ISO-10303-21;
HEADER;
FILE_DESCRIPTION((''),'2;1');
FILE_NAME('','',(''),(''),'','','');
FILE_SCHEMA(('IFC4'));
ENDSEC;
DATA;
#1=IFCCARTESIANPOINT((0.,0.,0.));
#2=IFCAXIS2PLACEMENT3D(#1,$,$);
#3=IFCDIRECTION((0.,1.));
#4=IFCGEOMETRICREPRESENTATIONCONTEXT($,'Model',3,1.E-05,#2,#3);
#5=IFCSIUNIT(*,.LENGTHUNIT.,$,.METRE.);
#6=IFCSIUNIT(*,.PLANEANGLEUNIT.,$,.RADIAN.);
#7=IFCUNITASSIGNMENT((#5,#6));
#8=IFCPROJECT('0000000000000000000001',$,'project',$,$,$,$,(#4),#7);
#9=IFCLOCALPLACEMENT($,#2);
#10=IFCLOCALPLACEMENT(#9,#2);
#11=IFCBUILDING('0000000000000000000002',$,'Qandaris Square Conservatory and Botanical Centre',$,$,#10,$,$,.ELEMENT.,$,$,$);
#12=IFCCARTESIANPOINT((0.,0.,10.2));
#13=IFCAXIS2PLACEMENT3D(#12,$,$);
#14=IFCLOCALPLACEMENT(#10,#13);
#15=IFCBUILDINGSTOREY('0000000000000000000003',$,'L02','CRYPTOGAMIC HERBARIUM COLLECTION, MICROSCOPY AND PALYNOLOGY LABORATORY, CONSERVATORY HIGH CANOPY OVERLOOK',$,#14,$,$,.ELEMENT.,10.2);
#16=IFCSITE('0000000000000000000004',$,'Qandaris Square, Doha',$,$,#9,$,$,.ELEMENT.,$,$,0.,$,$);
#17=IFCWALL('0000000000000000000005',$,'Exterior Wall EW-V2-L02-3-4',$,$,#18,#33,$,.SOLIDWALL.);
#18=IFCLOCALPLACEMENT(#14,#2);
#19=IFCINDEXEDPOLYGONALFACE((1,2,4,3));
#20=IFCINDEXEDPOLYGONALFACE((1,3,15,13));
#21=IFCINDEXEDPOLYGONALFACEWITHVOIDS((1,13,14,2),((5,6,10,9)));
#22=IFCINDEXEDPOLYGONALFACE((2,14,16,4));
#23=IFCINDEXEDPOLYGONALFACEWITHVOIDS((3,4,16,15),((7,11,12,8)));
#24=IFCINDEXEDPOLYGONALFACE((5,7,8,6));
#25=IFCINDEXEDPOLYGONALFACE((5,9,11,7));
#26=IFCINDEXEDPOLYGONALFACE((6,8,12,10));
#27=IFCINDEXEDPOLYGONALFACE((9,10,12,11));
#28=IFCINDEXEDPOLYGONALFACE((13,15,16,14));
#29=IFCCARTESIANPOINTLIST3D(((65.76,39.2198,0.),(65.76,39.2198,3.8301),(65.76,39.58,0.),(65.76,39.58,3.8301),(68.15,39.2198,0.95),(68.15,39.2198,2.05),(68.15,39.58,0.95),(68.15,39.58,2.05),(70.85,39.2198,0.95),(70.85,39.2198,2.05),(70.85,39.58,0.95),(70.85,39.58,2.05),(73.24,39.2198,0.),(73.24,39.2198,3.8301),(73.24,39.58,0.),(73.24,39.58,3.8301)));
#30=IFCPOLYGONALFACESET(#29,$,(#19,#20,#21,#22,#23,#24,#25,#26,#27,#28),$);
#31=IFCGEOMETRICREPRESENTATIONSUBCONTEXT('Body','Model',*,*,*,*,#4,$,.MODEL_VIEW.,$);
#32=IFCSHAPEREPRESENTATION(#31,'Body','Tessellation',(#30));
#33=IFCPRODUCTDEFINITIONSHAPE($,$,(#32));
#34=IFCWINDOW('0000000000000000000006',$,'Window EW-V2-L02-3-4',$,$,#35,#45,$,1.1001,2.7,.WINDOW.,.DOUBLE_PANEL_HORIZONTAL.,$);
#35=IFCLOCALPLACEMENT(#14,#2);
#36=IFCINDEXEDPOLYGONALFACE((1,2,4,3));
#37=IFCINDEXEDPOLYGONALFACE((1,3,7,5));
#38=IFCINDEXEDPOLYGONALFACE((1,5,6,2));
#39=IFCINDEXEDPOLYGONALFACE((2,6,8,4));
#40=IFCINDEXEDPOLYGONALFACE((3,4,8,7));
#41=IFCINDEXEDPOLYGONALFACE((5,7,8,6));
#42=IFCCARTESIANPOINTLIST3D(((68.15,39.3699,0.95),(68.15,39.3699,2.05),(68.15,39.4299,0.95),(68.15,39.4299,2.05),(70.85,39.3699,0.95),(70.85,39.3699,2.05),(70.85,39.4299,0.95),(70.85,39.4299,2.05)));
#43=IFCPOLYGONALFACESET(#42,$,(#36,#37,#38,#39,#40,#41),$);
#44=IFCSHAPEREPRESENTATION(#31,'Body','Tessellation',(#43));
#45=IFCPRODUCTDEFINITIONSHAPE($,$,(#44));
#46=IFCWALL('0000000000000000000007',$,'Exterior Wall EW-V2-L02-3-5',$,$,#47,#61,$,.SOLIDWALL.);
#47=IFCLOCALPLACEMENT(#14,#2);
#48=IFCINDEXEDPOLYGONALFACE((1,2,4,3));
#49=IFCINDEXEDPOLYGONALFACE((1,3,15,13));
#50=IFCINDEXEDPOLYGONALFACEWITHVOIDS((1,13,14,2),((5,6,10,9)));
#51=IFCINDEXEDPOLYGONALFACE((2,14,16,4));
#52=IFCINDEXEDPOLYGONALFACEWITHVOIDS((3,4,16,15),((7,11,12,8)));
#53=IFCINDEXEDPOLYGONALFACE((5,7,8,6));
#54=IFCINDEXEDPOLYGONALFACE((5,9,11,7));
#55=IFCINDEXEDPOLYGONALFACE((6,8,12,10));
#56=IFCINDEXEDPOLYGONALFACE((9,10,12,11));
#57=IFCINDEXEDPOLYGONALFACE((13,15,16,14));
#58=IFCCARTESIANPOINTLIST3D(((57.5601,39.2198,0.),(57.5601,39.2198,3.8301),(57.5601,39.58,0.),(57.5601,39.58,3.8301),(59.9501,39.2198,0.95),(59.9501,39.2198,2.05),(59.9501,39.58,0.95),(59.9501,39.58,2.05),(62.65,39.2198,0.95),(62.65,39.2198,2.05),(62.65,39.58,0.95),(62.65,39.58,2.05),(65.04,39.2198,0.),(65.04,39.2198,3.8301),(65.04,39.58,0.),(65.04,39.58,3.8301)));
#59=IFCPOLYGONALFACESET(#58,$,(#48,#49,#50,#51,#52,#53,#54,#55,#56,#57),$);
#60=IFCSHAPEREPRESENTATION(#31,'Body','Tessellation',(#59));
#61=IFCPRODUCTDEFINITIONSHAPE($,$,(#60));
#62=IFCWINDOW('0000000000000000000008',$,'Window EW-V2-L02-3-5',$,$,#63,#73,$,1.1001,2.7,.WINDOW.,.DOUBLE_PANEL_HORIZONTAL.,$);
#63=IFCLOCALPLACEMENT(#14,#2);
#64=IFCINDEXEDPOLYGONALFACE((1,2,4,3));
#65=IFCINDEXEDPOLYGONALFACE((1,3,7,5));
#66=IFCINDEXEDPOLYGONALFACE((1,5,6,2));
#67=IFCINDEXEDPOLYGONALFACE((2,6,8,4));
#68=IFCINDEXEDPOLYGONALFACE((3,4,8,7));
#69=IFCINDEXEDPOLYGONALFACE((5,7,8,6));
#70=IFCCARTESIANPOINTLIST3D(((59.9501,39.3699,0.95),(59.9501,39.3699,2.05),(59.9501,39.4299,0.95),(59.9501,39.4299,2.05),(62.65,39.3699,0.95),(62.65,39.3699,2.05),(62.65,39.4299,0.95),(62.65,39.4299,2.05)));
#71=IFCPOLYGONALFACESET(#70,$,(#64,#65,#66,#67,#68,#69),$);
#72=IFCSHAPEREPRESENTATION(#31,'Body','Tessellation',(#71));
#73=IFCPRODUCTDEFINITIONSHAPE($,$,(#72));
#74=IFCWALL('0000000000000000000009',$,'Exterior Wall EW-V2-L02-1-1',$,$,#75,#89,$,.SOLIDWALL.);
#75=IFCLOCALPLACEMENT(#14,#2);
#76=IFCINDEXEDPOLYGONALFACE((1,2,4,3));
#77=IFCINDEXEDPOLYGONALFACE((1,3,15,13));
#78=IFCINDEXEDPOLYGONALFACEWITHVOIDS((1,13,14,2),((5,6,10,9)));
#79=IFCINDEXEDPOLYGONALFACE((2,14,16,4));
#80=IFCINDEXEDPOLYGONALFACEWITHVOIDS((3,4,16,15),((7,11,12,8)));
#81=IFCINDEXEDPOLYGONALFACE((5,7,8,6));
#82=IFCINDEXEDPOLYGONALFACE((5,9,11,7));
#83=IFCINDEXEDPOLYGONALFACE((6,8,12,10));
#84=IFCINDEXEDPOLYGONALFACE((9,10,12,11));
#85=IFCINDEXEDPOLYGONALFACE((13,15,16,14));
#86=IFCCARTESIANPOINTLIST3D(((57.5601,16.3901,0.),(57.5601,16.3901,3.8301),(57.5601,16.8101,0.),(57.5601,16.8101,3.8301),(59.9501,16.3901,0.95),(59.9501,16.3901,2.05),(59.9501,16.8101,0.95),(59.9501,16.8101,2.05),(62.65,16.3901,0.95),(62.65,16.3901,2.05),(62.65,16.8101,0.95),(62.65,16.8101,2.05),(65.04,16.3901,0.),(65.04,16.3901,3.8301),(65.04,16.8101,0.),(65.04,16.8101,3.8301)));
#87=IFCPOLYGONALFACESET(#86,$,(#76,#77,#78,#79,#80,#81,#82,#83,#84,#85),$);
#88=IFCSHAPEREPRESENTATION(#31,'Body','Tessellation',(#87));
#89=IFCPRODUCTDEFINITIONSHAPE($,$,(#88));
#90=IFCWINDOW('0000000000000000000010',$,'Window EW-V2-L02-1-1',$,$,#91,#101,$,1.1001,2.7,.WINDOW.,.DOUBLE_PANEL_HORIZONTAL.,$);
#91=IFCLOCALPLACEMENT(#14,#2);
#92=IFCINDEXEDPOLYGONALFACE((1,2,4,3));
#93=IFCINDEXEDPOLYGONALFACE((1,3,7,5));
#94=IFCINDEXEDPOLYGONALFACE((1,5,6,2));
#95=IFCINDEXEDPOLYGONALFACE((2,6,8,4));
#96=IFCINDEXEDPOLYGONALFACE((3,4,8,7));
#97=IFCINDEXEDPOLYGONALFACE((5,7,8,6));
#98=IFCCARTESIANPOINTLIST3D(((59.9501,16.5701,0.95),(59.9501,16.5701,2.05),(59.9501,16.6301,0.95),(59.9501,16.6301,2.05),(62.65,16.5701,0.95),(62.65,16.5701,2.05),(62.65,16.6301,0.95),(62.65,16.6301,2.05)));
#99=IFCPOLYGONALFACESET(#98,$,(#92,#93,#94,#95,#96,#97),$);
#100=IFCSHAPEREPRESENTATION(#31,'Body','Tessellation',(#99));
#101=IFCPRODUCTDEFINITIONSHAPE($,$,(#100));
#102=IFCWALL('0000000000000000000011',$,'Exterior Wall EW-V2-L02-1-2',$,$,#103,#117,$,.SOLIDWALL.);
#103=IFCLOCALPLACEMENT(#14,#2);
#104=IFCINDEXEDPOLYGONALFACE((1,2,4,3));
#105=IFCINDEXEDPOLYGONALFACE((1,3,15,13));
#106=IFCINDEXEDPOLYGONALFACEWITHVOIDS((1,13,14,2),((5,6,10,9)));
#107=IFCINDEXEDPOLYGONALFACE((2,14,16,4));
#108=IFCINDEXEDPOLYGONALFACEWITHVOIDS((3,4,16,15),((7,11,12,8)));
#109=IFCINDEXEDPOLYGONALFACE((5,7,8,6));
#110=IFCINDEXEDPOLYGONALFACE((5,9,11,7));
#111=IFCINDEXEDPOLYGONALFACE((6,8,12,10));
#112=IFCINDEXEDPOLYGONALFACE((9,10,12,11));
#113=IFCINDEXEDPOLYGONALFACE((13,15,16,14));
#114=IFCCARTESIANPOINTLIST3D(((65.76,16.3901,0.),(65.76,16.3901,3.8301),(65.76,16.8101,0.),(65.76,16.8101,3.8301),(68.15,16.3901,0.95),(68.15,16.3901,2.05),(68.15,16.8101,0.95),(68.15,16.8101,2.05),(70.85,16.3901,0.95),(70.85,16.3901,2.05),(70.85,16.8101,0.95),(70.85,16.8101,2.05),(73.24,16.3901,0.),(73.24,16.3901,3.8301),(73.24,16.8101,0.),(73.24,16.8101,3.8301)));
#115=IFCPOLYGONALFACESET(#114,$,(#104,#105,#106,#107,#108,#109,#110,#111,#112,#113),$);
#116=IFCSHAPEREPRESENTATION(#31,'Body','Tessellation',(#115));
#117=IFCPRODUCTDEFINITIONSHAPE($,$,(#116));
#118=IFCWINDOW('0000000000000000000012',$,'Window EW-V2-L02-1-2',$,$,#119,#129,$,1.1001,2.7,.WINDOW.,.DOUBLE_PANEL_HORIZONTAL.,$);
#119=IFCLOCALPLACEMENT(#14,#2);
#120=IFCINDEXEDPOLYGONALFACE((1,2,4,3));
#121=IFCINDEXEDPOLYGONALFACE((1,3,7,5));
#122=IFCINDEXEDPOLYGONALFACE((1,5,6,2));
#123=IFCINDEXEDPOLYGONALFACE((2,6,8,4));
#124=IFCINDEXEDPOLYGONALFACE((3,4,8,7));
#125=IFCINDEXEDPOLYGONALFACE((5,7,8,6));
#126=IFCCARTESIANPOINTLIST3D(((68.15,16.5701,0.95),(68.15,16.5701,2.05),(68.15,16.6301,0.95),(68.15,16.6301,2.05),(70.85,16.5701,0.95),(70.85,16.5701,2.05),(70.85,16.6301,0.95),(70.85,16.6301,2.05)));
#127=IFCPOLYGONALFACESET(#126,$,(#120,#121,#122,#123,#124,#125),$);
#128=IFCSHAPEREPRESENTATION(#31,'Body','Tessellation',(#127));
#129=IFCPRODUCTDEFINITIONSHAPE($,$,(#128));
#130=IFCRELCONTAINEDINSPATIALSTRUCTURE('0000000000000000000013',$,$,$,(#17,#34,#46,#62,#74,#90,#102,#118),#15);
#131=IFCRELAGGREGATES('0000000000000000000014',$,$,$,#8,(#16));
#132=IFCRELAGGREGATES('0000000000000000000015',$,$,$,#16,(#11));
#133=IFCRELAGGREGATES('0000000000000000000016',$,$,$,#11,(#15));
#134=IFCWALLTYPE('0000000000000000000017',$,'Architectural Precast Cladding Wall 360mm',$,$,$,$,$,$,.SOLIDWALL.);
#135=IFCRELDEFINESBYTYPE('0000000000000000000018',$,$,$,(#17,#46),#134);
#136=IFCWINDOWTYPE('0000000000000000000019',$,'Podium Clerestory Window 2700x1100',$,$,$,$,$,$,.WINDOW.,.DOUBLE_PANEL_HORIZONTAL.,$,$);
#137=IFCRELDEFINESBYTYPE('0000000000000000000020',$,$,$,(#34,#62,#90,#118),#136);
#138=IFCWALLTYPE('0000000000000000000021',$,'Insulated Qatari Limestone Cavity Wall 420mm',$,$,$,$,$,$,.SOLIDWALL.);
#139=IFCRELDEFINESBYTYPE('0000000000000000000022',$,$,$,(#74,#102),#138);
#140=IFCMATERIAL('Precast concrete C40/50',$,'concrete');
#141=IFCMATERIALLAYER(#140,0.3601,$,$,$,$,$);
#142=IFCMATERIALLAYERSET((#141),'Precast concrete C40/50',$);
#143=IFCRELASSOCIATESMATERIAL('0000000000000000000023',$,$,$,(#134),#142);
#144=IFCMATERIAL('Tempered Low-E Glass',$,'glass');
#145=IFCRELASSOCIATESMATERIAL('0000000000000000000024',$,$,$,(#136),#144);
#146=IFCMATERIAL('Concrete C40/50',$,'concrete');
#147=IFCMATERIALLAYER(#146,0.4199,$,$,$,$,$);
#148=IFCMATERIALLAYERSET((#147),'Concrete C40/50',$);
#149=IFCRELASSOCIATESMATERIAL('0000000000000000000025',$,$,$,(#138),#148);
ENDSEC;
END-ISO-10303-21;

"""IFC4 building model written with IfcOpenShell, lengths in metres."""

from ifc_helpers import new_model, si_unit, direction, frame, frame_2d, origin, place, context, subcontext, project, spatial, rectangle, extrude, material, layer, layer_set, type_object, element, fill, save


model = new_model("IFC4")

# Units and contexts
model_context = context("Model", 3, precision=1e-05, world=origin(), true_north=direction((0.0, 1.0)))
body_context = subcontext(model_context, "Body", "Model", "MODEL_VIEW")
ifc_project = project(units=[si_unit("LENGTHUNIT", "METRE"), si_unit("PLANEANGLEUNIT", "RADIAN")], contexts=[model_context])

# Site, building, storey
site_placement = place(None, origin())
site = spatial("IfcSite", under=ifc_project, at=site_placement, Name="Qandaris Square, Doha", CompositionType="ELEMENT", RefElevation=0.0)
building_placement = place(site_placement, origin())
building = spatial("IfcBuilding", under=site, at=building_placement, Name="Qandaris Square Conservatory and Botanical Centre", CompositionType="ELEMENT")
storey_placement = place(building_placement, frame((0.0, 0.0, 10.2)))
storey = spatial("IfcBuildingStorey", under=building, at=storey_placement, Name="L02", Description="CRYPTOGAMIC HERBARIUM COLLECTION, MICROSCOPY AND PALYNOLOGY LABORATORY, CONSERVATORY HIGH CANOPY OVERLOOK", CompositionType="ELEMENT", Elevation=10.2)

# Shared definitions
ifc_material_1 = material(Name="Concrete C40/50", Category="concrete")

# Walls, openings, windows
ifc_material_2 = material(Name="Precast concrete C40/50", Category="concrete")
ifc_layer_1 = layer(ifc_material_2, 0.3601)
ifc_layer_set_1 = layer_set([ifc_layer_1], Name="Precast concrete C40/50")
wall_type_1 = type_object("IfcWallType", Name="Architectural Precast Cladding Wall 360mm", PredefinedType="SOLIDWALL", material=ifc_layer_set_1)
wall_1_placement = place(storey_placement, frame((73.24, 39.3999, 0.0), z_axis=(0.0, 0.0, 1.0), x_axis=(-1.0, 0.0, 0.0)))
wall_1 = element("IfcWall", 1, at=wall_1_placement, inside=storey, type_object=wall_type_1, Name="Exterior Wall EW-V2-L02-3-4", PredefinedType="SOLIDWALL", context=body_context, shape_type="SweptSolid", body=[
    extrude(rectangle(XDim=7.48, YDim=0.3601, at=frame_2d((3.74, 0.0))), origin(), (0.0, 0.0, 1.0), 3.8301),
])
opening_1_placement = place(wall_1_placement, frame((2.3899, 0.0, 0.95)))
opening_1 = element("IfcOpeningElement", 2, at=opening_1_placement, cuts=wall_1, PredefinedType="OPENING", context=body_context, shape_type="SweptSolid", body=[
    extrude(rectangle(XDim=2.7, YDim=1.1001, at=frame_2d((1.3501, 0.55))), frame((0.0, 0.1919, 0.0), z_axis=(0.0, -1.0, 0.0), x_axis=(1.0, 0.0, 0.0)), (0.0, 0.0, 1.0), 0.384),
])
ifc_material_3 = material(Name="Tempered Low-E Glass", Category="glass")
window_type = type_object("IfcWindowType", Name="Podium Clerestory Window 2700x1100", PartitioningType="DOUBLE_PANEL_HORIZONTAL", PredefinedType="WINDOW", material=ifc_material_3)
window_1_placement = place(opening_1_placement, origin())
window_1 = element("IfcWindow", 3, at=window_1_placement, inside=storey, type_object=window_type, Name="Window EW-V2-L02-3-4", OverallHeight=1.1001, OverallWidth=2.7, PartitioningType="DOUBLE_PANEL_HORIZONTAL", PredefinedType="WINDOW", context=body_context, shape_type="SweptSolid", body=[
    extrude(rectangle(XDim=2.7, YDim=1.1001, at=frame_2d((1.3501, 0.55))), frame((0.0, 0.03, 0.0), z_axis=(0.0, -1.0, 0.0), x_axis=(1.0, 0.0, 0.0)), (0.0, 0.0, 1.0), 0.0601),
])
fill(opening_1, window_1)
wall_2_placement = place(storey_placement, frame((65.04, 39.3999, 0.0), z_axis=(0.0, 0.0, 1.0), x_axis=(-1.0, 0.0, 0.0)))
wall_2 = element("IfcWall", 4, at=wall_2_placement, inside=storey, type_object=wall_type_1, Name="Exterior Wall EW-V2-L02-3-5", PredefinedType="SOLIDWALL", context=body_context, shape_type="SweptSolid", body=[
    extrude(rectangle(XDim=7.48, YDim=0.3601, at=frame_2d((3.74, 0.0))), origin(), (0.0, 0.0, 1.0), 3.8301),
])
opening_2_placement = place(wall_2_placement, frame((2.3899, 0.0, 0.95)))
opening_2 = element("IfcOpeningElement", 5, at=opening_2_placement, cuts=wall_2, PredefinedType="OPENING", context=body_context, shape_type="SweptSolid", body=[
    extrude(rectangle(XDim=2.7, YDim=1.1001, at=frame_2d((1.3501, 0.55))), frame((0.0, 0.1919, 0.0), z_axis=(0.0, -1.0, 0.0), x_axis=(1.0, 0.0, 0.0)), (0.0, 0.0, 1.0), 0.384),
])
window_2_placement = place(opening_2_placement, origin())
window_2 = element("IfcWindow", 6, at=window_2_placement, inside=storey, type_object=window_type, Name="Window EW-V2-L02-3-5", OverallHeight=1.1001, OverallWidth=2.7, PartitioningType="DOUBLE_PANEL_HORIZONTAL", PredefinedType="WINDOW", context=body_context, shape_type="SweptSolid", body=[
    extrude(rectangle(XDim=2.7, YDim=1.1001, at=frame_2d((1.3501, 0.55))), frame((0.0, 0.03, 0.0), z_axis=(0.0, -1.0, 0.0), x_axis=(1.0, 0.0, 0.0)), (0.0, 0.0, 1.0), 0.0601),
])
fill(opening_2, window_2)
ifc_layer_2 = layer(ifc_material_1, 0.4199)
ifc_layer_set_2 = layer_set([ifc_layer_2], Name="Concrete C40/50")
wall_type_2 = type_object("IfcWallType", Name="Insulated Qatari Limestone Cavity Wall 420mm", PredefinedType="SOLIDWALL", material=ifc_layer_set_2)
wall_3_placement = place(storey_placement, frame((57.5601, 16.6001, 0.0), z_axis=(0.0, 0.0, 1.0), x_axis=(1.0, 0.0, 0.0)))
wall_3 = element("IfcWall", 7, at=wall_3_placement, inside=storey, type_object=wall_type_2, Name="Exterior Wall EW-V2-L02-1-1", PredefinedType="SOLIDWALL", context=body_context, shape_type="SweptSolid", body=[
    extrude(rectangle(XDim=7.48, YDim=0.4199, at=frame_2d((3.74, 0.0))), origin(), (0.0, 0.0, 1.0), 3.8301),
])
opening_3_placement = place(wall_3_placement, frame((2.3899, 0.0, 0.95)))
opening_3 = element("IfcOpeningElement", 8, at=opening_3_placement, cuts=wall_3, PredefinedType="OPENING", context=body_context, shape_type="SweptSolid", body=[
    extrude(rectangle(XDim=2.7, YDim=1.1001, at=frame_2d((1.3501, 0.55))), frame((0.0, 0.2219, 0.0), z_axis=(0.0, -1.0, 0.0), x_axis=(1.0, 0.0, 0.0)), (0.0, 0.0, 1.0), 0.4438),
])
window_3_placement = place(opening_3_placement, origin())
window_3 = element("IfcWindow", 9, at=window_3_placement, inside=storey, type_object=window_type, Name="Window EW-V2-L02-1-1", OverallHeight=1.1001, OverallWidth=2.7, PartitioningType="DOUBLE_PANEL_HORIZONTAL", PredefinedType="WINDOW", context=body_context, shape_type="SweptSolid", body=[
    extrude(rectangle(XDim=2.7, YDim=1.1001, at=frame_2d((1.3501, 0.55))), frame((0.0, 0.03, 0.0), z_axis=(0.0, -1.0, 0.0), x_axis=(1.0, 0.0, 0.0)), (0.0, 0.0, 1.0), 0.0601),
])
fill(opening_3, window_3)
wall_4_placement = place(storey_placement, frame((65.76, 16.6001, 0.0), z_axis=(0.0, 0.0, 1.0), x_axis=(1.0, 0.0, 0.0)))
wall_4 = element("IfcWall", 10, at=wall_4_placement, inside=storey, type_object=wall_type_2, Name="Exterior Wall EW-V2-L02-1-2", PredefinedType="SOLIDWALL", context=body_context, shape_type="SweptSolid", body=[
    extrude(rectangle(XDim=7.48, YDim=0.4199, at=frame_2d((3.74, 0.0))), origin(), (0.0, 0.0, 1.0), 3.8301),
])
opening_4_placement = place(wall_4_placement, frame((2.3899, 0.0, 0.95)))
opening_4 = element("IfcOpeningElement", 11, at=opening_4_placement, cuts=wall_4, PredefinedType="OPENING", context=body_context, shape_type="SweptSolid", body=[
    extrude(rectangle(XDim=2.7, YDim=1.1001, at=frame_2d((1.3501, 0.55))), frame((0.0, 0.2219, 0.0), z_axis=(0.0, -1.0, 0.0), x_axis=(1.0, 0.0, 0.0)), (0.0, 0.0, 1.0), 0.4438),
])
window_4_placement = place(opening_4_placement, origin())
window_4 = element("IfcWindow", 12, at=window_4_placement, inside=storey, type_object=window_type, Name="Window EW-V2-L02-1-2", OverallHeight=1.1001, OverallWidth=2.7, PartitioningType="DOUBLE_PANEL_HORIZONTAL", PredefinedType="WINDOW", context=body_context, shape_type="SweptSolid", body=[
    extrude(rectangle(XDim=2.7, YDim=1.1001, at=frame_2d((1.3501, 0.55))), frame((0.0, 0.03, 0.0), z_axis=(0.0, -1.0, 0.0), x_axis=(1.0, 0.0, 0.0)), (0.0, 0.0, 1.0), 0.0601),
])
fill(opening_4, window_4)

save(model, "model.ifc")
